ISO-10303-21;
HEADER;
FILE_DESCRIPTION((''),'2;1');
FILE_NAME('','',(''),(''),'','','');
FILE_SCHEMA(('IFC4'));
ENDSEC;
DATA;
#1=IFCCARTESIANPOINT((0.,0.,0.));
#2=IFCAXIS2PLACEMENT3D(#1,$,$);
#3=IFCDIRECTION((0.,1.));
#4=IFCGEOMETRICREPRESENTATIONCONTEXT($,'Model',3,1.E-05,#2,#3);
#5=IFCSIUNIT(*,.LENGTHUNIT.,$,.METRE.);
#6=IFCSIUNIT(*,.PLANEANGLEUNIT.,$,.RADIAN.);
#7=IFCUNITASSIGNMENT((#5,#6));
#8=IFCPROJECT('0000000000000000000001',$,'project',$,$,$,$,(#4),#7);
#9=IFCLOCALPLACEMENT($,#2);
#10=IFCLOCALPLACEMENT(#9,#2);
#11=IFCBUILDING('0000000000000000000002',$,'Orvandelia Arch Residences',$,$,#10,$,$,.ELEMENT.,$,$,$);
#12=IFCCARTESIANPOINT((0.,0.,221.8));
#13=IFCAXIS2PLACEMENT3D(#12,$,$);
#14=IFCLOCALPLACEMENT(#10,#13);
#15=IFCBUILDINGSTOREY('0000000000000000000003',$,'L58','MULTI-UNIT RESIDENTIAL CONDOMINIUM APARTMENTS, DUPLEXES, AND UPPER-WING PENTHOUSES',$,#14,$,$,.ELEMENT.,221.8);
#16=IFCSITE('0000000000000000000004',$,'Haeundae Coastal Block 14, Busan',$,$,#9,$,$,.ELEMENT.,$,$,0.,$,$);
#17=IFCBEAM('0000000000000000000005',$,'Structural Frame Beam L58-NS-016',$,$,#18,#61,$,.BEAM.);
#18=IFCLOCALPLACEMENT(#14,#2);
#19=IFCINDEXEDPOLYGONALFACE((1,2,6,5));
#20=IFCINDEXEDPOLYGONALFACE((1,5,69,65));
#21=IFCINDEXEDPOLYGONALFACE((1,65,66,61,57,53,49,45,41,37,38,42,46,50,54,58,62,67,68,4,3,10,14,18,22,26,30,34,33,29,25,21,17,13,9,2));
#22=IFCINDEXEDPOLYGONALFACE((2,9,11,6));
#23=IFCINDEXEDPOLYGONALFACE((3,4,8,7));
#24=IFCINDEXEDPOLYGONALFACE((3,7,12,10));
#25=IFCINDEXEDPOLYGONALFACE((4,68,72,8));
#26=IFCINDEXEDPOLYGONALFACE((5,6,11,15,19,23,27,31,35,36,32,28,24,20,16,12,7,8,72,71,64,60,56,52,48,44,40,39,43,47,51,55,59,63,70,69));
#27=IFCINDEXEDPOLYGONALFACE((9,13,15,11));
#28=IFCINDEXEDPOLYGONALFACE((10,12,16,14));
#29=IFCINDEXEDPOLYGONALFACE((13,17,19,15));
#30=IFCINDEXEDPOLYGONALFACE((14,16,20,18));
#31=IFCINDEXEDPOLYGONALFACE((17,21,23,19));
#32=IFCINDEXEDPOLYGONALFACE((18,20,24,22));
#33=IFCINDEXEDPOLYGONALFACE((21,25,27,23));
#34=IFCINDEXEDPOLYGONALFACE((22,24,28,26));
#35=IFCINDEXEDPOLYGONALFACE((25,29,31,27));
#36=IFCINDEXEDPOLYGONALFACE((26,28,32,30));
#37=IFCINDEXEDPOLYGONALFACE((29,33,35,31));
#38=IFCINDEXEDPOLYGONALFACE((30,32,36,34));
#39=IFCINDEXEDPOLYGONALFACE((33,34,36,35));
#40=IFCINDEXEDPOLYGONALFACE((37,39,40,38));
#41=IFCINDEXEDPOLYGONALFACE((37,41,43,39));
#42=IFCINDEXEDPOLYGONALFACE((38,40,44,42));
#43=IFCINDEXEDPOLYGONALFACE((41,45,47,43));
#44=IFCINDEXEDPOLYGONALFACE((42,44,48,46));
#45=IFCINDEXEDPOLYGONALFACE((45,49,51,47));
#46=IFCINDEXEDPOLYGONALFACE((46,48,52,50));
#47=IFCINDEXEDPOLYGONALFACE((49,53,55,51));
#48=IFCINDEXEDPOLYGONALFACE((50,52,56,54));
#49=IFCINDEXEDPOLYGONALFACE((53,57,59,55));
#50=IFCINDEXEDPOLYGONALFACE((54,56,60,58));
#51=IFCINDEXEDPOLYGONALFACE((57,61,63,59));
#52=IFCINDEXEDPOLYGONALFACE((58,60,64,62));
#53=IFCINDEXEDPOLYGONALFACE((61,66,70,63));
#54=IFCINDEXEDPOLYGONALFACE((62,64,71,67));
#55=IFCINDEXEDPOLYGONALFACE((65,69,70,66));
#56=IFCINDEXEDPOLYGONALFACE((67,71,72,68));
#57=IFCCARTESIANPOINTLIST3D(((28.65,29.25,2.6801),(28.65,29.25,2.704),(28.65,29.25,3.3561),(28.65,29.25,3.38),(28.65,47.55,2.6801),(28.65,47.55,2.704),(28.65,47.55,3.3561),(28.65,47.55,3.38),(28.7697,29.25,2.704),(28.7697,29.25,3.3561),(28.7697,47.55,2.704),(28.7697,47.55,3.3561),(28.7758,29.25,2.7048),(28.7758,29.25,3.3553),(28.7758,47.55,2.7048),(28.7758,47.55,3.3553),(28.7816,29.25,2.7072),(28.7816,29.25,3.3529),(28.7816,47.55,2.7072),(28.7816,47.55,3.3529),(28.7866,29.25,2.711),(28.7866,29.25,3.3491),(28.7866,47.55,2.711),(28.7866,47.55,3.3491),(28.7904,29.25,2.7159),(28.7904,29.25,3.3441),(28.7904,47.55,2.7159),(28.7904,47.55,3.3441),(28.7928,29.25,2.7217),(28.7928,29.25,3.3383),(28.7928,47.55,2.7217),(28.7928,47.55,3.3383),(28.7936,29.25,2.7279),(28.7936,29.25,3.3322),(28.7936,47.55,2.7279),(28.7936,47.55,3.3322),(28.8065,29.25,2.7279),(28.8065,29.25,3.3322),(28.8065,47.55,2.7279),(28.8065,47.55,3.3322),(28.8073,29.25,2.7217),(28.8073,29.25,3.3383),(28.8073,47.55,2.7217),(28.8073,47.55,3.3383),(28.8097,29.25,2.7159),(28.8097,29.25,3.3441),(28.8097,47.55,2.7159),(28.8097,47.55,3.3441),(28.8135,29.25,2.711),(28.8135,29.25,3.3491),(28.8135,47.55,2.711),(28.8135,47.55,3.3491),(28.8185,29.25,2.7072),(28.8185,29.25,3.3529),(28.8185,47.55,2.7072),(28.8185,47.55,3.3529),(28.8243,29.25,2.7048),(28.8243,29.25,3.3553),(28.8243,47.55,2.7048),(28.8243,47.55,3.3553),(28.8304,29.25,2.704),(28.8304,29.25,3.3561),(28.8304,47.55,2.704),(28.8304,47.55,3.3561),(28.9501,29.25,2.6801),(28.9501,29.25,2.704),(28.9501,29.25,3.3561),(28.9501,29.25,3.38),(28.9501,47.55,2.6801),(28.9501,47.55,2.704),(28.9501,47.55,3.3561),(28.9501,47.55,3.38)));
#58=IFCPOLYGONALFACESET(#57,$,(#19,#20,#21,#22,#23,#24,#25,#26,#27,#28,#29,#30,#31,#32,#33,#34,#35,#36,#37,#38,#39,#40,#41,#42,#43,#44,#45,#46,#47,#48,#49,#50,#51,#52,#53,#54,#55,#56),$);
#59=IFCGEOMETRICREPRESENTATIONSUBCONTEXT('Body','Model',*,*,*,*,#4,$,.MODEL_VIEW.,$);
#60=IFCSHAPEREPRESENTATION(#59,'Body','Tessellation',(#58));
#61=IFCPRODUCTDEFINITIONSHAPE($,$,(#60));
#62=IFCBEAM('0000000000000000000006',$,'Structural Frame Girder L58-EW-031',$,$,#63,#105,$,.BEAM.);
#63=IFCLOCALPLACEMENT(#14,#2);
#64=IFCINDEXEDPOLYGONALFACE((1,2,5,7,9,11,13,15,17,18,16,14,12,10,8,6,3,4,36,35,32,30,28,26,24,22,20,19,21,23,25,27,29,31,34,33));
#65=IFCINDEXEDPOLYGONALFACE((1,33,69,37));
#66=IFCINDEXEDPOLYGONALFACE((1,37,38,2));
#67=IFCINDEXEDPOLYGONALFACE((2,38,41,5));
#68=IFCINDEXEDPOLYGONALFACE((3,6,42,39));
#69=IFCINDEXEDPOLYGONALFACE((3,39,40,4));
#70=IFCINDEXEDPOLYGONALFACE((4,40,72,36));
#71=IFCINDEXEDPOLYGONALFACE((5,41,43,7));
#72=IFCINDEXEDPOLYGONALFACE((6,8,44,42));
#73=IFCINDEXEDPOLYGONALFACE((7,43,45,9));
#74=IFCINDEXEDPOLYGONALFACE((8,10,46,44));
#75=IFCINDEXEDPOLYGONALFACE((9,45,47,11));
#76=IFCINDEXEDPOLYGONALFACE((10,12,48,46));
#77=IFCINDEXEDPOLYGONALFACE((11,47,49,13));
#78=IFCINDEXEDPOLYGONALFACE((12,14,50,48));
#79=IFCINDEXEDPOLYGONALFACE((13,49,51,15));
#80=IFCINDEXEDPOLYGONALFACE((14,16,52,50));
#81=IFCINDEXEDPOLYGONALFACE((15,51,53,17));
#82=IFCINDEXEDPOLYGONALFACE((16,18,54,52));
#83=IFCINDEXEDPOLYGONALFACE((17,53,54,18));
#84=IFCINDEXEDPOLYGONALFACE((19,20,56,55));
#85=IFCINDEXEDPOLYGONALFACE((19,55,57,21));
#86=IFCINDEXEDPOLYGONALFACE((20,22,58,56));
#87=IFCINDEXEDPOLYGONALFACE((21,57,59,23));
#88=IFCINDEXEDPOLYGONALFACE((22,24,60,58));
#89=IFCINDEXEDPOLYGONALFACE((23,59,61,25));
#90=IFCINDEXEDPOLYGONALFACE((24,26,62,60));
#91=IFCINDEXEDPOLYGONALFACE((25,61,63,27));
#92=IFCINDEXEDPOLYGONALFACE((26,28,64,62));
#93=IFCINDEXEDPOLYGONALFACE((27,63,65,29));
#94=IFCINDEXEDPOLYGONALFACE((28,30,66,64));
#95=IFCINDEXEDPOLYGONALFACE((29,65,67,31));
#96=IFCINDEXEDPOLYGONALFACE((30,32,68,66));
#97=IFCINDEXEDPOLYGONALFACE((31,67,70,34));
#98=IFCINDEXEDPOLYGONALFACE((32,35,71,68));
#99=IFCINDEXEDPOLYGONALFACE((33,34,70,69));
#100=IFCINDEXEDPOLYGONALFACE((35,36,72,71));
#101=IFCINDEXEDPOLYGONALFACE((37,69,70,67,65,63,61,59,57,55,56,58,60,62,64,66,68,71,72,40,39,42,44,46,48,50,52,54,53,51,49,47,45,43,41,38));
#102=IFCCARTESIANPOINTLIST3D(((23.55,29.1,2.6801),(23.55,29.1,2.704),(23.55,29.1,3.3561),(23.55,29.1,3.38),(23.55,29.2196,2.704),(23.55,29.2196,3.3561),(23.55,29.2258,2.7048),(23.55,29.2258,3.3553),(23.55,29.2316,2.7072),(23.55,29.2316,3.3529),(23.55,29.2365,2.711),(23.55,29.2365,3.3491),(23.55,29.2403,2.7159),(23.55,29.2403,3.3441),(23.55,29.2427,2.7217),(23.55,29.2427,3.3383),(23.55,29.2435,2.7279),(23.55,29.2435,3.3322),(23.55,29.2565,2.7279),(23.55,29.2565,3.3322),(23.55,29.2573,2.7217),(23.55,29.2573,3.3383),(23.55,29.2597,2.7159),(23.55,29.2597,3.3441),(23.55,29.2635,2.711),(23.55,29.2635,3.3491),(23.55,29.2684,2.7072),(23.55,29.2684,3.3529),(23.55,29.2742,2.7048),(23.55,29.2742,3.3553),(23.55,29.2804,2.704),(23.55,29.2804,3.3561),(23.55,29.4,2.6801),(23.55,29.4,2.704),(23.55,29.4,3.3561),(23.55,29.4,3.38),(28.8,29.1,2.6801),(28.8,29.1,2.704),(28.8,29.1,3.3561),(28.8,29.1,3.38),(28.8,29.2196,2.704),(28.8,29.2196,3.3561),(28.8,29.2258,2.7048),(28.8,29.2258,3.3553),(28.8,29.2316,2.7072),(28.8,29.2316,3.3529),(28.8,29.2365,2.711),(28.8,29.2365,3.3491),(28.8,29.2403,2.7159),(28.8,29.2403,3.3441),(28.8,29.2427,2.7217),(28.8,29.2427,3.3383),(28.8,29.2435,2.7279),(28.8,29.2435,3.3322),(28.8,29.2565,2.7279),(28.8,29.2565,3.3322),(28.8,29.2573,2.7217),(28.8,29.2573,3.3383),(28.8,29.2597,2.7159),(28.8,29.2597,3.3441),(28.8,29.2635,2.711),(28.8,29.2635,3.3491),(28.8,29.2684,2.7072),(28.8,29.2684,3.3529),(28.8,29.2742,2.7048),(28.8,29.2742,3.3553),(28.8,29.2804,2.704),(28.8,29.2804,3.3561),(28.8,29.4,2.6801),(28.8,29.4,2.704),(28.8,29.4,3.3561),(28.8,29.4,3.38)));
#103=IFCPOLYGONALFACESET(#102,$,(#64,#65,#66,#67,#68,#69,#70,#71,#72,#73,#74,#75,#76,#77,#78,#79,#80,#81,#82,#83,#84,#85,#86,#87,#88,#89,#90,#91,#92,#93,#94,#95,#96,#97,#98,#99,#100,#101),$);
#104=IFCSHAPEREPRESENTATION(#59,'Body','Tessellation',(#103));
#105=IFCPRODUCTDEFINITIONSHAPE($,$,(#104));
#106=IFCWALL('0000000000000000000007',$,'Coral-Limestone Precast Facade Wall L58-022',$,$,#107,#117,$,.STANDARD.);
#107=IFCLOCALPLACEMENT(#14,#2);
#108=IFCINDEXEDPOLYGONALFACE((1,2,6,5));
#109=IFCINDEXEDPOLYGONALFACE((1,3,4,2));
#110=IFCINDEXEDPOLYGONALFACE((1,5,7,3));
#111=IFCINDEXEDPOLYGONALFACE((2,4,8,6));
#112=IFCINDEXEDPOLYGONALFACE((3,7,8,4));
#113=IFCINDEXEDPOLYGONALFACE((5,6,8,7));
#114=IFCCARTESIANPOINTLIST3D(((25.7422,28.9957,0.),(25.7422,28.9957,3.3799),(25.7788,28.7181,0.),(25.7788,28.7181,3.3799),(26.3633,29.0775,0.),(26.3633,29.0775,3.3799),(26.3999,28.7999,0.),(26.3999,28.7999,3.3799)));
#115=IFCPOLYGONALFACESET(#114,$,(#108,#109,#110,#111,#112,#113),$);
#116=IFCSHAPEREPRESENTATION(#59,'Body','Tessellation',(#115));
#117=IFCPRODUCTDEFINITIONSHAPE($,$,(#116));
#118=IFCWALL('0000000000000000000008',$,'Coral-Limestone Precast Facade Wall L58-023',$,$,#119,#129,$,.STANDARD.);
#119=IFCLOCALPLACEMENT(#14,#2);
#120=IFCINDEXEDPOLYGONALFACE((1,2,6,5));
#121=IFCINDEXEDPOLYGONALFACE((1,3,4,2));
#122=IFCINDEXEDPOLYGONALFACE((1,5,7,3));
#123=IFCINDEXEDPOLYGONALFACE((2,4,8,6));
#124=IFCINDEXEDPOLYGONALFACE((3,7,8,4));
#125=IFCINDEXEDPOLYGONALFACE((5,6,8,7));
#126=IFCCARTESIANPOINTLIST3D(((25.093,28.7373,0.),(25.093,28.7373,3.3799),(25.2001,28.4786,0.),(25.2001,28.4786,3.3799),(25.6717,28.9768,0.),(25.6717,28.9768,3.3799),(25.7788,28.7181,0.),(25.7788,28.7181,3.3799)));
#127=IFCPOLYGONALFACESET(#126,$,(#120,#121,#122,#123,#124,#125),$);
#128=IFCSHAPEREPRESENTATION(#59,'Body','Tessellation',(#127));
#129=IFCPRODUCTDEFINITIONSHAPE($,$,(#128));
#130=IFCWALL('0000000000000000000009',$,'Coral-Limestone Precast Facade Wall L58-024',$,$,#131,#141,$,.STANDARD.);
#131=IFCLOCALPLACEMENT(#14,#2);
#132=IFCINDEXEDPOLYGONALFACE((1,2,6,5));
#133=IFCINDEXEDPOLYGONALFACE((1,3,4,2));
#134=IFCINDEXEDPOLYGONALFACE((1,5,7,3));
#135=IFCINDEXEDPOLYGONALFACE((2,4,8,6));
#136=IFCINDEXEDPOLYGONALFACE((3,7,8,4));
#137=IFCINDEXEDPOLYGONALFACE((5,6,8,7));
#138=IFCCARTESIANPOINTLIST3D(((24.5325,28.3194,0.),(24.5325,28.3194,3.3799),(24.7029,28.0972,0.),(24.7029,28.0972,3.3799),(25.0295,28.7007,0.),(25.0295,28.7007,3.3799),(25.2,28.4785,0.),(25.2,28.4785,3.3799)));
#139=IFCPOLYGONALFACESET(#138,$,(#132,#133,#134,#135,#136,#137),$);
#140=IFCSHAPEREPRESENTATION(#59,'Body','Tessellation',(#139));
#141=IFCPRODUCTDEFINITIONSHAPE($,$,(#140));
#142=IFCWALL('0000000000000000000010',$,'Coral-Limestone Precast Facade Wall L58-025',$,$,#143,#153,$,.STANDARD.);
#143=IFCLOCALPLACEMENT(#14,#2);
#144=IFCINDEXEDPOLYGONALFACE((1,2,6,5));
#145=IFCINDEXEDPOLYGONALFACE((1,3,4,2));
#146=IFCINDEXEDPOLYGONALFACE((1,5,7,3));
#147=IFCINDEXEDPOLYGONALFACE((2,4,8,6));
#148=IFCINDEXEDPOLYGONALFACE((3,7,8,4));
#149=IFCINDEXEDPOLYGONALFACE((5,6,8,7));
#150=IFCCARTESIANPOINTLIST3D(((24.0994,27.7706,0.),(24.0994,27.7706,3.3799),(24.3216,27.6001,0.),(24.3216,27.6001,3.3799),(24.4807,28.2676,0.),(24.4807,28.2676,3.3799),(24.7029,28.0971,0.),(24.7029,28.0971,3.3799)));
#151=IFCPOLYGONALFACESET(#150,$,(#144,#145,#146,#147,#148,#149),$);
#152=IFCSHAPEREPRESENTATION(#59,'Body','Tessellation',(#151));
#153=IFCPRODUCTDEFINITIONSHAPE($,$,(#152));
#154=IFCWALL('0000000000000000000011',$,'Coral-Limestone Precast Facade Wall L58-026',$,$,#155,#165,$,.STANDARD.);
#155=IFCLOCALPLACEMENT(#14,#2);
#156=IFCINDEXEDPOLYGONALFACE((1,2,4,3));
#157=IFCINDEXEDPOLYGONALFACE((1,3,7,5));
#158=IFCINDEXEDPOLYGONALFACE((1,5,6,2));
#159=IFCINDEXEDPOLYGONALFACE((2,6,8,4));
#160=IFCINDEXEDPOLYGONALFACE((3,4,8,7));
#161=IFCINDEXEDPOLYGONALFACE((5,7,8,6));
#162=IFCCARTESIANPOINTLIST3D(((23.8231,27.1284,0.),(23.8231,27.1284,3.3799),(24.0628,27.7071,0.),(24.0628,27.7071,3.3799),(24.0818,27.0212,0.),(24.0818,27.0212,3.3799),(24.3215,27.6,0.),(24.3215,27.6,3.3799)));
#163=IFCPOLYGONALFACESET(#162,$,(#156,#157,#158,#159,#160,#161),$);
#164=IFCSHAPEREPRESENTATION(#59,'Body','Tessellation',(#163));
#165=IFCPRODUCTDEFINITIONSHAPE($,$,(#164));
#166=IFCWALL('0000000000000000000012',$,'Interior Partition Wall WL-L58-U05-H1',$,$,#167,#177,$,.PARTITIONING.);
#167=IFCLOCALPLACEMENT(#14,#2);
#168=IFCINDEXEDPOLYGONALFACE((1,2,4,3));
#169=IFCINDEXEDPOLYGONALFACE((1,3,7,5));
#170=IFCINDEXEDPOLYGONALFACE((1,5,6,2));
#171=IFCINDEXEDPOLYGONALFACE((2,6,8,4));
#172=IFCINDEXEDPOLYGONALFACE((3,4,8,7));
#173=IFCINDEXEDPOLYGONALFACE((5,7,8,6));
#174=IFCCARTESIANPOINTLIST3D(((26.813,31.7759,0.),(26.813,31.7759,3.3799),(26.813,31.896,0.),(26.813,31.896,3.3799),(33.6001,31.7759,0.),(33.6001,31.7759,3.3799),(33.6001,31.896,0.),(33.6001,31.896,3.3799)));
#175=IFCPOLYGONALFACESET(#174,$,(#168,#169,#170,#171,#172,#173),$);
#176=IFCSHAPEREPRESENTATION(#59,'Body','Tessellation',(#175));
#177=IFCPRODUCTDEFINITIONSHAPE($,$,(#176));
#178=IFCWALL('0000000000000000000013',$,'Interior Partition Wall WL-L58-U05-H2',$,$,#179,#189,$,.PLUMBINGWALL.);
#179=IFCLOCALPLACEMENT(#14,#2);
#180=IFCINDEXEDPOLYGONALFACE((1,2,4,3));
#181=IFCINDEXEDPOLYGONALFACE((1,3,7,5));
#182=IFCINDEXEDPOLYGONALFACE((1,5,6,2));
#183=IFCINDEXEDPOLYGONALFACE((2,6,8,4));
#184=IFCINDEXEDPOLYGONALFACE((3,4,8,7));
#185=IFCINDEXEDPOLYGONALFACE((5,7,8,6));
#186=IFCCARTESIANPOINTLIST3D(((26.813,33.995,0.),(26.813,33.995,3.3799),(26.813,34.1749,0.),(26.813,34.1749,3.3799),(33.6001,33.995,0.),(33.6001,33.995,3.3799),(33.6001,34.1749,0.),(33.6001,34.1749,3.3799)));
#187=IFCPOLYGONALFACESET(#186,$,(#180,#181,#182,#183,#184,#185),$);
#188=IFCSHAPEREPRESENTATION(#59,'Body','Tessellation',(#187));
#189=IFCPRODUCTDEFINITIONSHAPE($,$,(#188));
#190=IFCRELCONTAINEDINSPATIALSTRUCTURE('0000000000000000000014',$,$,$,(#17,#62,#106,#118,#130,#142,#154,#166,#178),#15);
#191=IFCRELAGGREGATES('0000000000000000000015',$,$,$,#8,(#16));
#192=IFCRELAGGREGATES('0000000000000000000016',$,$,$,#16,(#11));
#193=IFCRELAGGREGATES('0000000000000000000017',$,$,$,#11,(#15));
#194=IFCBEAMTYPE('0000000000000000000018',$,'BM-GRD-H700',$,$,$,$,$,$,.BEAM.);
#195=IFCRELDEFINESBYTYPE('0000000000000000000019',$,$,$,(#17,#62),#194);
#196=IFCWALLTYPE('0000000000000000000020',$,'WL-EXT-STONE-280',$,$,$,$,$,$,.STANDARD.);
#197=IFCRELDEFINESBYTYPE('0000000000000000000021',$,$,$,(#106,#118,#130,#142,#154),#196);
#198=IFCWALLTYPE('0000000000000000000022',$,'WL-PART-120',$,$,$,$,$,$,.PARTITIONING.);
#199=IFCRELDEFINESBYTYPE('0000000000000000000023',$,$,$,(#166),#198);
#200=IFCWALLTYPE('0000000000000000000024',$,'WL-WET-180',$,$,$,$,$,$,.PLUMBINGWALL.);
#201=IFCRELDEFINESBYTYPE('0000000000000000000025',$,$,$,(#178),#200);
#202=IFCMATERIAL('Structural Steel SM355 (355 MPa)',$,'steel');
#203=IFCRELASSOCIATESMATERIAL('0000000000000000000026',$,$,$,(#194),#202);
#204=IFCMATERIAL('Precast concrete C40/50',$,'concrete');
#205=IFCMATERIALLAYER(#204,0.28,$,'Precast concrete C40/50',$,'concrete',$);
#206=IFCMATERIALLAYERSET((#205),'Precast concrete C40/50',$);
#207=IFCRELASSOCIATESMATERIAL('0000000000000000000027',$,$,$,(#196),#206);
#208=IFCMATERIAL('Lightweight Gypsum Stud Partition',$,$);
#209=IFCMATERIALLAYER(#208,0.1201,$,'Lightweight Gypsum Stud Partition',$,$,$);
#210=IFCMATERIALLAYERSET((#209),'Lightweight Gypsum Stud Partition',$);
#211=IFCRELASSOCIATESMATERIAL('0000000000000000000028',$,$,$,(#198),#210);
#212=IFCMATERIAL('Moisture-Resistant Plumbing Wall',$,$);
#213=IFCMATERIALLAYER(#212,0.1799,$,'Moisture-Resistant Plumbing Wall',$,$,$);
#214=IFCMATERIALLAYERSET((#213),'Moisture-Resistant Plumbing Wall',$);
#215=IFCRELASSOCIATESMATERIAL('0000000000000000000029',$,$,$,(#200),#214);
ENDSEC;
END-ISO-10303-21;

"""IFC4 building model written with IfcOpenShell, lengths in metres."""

from ifc_helpers import new_model, si_unit, direction, frame, frame_2d, origin, origin_2d, place, context, subcontext, project, spatial, rectangle, i_section, extrude, material, layer, layer_set, material_profile, profile_set, type_object, element, save


model = new_model("IFC4")

# Units and contexts
model_context = context("Model", 3, precision=1e-05, world=origin(), true_north=direction((0.0, 1.0)))
body_context = subcontext(model_context, "Body", "Model", "MODEL_VIEW")
ifc_project = project(units=[si_unit("LENGTHUNIT", "METRE"), si_unit("PLANEANGLEUNIT", "RADIAN")], contexts=[model_context])

# Site, building, storey
site_placement = place(None, origin())
site = spatial("IfcSite", under=ifc_project, at=site_placement, Name="Haeundae Coastal Block 14, Busan", CompositionType="ELEMENT", RefElevation=0.0)
building_placement = place(site_placement, origin())
building = spatial("IfcBuilding", under=site, at=building_placement, Name="Orvandelia Arch Residences", CompositionType="ELEMENT")
storey_placement = place(building_placement, frame((0.0, 0.0, 221.8)))
storey = spatial("IfcBuildingStorey", under=building, at=storey_placement, Name="L58", Description="MULTI-UNIT RESIDENTIAL CONDOMINIUM APARTMENTS, DUPLEXES, AND UPPER-WING PENTHOUSES", CompositionType="ELEMENT", Elevation=221.8)

# Beams
ifc_material_1 = material(Name="Structural Steel SM355 (355 MPa)", Category="steel")
ifc_material_profile_1 = material_profile(ifc_material_1, i_section(OverallWidth=0.3, OverallDepth=0.7, WebThickness=0.0129, FlangeThickness=0.0239, FilletRadius=0.0239, at=origin_2d()), Name="Structural Steel SM355 (355 MPa)", Category="steel")
ifc_profile_set_1 = profile_set([ifc_material_profile_1], Name="Structural Steel SM355 (355 MPa)")
beam_type = type_object("IfcBeamType", Name="BM-GRD-H700", PredefinedType="BEAM", material=ifc_profile_set_1)
beam_1_placement = place(storey_placement, frame((28.8, 29.25, 3.03), z_axis=(0.0, 1.0, 0.0), x_axis=(-1.0, 0.0, 0.0)))
element("IfcBeam", 1, at=beam_1_placement, inside=storey, type_object=beam_type, Name="Structural Frame Beam L58-NS-016", PredefinedType="BEAM", context=body_context, shape_type="SweptSolid", body=[
    extrude(i_section(OverallWidth=0.3, OverallDepth=0.7, WebThickness=0.0129, FlangeThickness=0.0239, FilletRadius=0.0239, at=origin_2d()), origin(), (0.0, 0.0, 1.0), 18.3),
])
beam_2_placement = place(storey_placement, frame((23.55, 29.25, 3.03), z_axis=(1.0, 0.0, 0.0), x_axis=(0.0, 1.0, 0.0)))
element("IfcBeam", 2, at=beam_2_placement, inside=storey, type_object=beam_type, Name="Structural Frame Girder L58-EW-031", PredefinedType="BEAM", context=body_context, shape_type="SweptSolid", body=[
    extrude(i_section(OverallWidth=0.3, OverallDepth=0.7, WebThickness=0.0129, FlangeThickness=0.0239, FilletRadius=0.0239, at=origin_2d()), origin(), (0.0, 0.0, 1.0), 5.25),
])

# Walls
ifc_material_2 = material(Name="Precast concrete C40/50", Category="concrete")
ifc_layer_1 = layer(ifc_material_2, 0.28, Name="Precast concrete C40/50", Category="concrete")
ifc_layer_set_1 = layer_set([ifc_layer_1], Name="Precast concrete C40/50")
wall_type_1 = type_object("IfcWallType", Name="WL-EXT-STONE-280", PredefinedType="STANDARD", material=ifc_layer_set_1)
wall_1_placement = place(storey_placement, frame((26.3816, 28.9387, 0.0), z_axis=(0.0, 0.0, 1.0), x_axis=(-0.991441, -0.130555, 0.0)))
element("IfcWall", 3, at=wall_1_placement, inside=storey, type_object=wall_type_1, Name="Coral-Limestone Precast Facade Wall L58-022", PredefinedType="STANDARD", context=body_context, shape_type="SweptSolid", body=[
    extrude(rectangle(XDim=0.6265, YDim=0.28, at=frame_2d((0.3132, 0.0))), origin(), (0.0, 0.0, 1.0), 3.3799),
])
wall_2_placement = place(storey_placement, frame((25.7251, 28.8474, 0.0), z_axis=(0.0, 0.0, 1.0), x_axis=(-0.923974, -0.382455, 0.0)))
element("IfcWall", 4, at=wall_2_placement, inside=storey, type_object=wall_type_1, Name="Coral-Limestone Precast Facade Wall L58-023", PredefinedType="STANDARD", context=body_context, shape_type="SweptSolid", body=[
    extrude(rectangle(XDim=0.6262, YDim=0.28, at=frame_2d((0.313, 0.0))), origin(), (0.0, 0.0, 1.0), 3.3799),
])
for number, where, z_axis, x_axis, name in (
    (5, (25.1147, 28.5896, 0.0), (0.0, 0.0, 1.0), (-0.793406, -0.608693, 0.0), "Coral-Limestone Precast Facade Wall L58-024"),
    (6, (24.5918, 28.1824, 0.0), (0.0, 0.0, 1.0), (-0.608693, -0.793406, 0.0), "Coral-Limestone Precast Facade Wall L58-025"),
    (7, (24.1921, 27.6536, 0.0), (0.0, 0.0, 1.0), (-0.38265, -0.923893, 0.0), "Coral-Limestone Precast Facade Wall L58-026"),
):
    element("IfcWall", number, at=place(storey_placement, frame(where, z_axis=z_axis, x_axis=x_axis)), inside=storey, type_object=wall_type_1, Name=name, PredefinedType="STANDARD", context=body_context, shape_type="SweptSolid", body=[
        extrude(rectangle(XDim=0.6265, YDim=0.28, at=frame_2d((0.3132, 0.0))), origin(), (0.0, 0.0, 1.0), 3.3799),
    ])
ifc_material_3 = material(Name="Lightweight Gypsum Stud Partition")
ifc_layer_2 = layer(ifc_material_3, 0.1201, Name="Lightweight Gypsum Stud Partition")
ifc_layer_set_2 = layer_set([ifc_layer_2], Name="Lightweight Gypsum Stud Partition")
wall_type_2 = type_object("IfcWallType", Name="WL-PART-120", PredefinedType="PARTITIONING", material=ifc_layer_set_2)
wall_3_placement = place(storey_placement, frame((26.813, 31.8359, 0.0), z_axis=(0.0, 0.0, 1.0), x_axis=(1.0, 0.0, 0.0)))
element("IfcWall", 8, at=wall_3_placement, inside=storey, type_object=wall_type_2, Name="Interior Partition Wall WL-L58-U05-H1", PredefinedType="PARTITIONING", context=body_context, shape_type="SweptSolid", body=[
    extrude(rectangle(XDim=6.7871, YDim=0.1201, at=frame_2d((3.3936, 0.0))), origin(), (0.0, 0.0, 1.0), 3.3799),
])

# Shared definitions
ifc_material_4 = material(Name="Moisture-Resistant Plumbing Wall")
ifc_layer_3 = layer(ifc_material_4, 0.1799, Name="Moisture-Resistant Plumbing Wall")
ifc_layer_set_3 = layer_set([ifc_layer_3], Name="Moisture-Resistant Plumbing Wall")
wall_type_3 = type_object("IfcWallType", Name="WL-WET-180", PredefinedType="PLUMBINGWALL", material=ifc_layer_set_3)

# Wall
wall_4_placement = place(storey_placement, frame((26.813, 34.085, 0.0), z_axis=(0.0, 0.0, 1.0), x_axis=(1.0, 0.0, 0.0)))
element("IfcWall", 9, at=wall_4_placement, inside=storey, type_object=wall_type_3, Name="Interior Partition Wall WL-L58-U05-H2", PredefinedType="PLUMBINGWALL", context=body_context, shape_type="SweptSolid", body=[
    extrude(rectangle(XDim=6.7871, YDim=0.1799, at=frame_2d((3.3936, 0.0))), origin(), (0.0, 0.0, 1.0), 3.3799),
])

save(model, "model.ifc")
